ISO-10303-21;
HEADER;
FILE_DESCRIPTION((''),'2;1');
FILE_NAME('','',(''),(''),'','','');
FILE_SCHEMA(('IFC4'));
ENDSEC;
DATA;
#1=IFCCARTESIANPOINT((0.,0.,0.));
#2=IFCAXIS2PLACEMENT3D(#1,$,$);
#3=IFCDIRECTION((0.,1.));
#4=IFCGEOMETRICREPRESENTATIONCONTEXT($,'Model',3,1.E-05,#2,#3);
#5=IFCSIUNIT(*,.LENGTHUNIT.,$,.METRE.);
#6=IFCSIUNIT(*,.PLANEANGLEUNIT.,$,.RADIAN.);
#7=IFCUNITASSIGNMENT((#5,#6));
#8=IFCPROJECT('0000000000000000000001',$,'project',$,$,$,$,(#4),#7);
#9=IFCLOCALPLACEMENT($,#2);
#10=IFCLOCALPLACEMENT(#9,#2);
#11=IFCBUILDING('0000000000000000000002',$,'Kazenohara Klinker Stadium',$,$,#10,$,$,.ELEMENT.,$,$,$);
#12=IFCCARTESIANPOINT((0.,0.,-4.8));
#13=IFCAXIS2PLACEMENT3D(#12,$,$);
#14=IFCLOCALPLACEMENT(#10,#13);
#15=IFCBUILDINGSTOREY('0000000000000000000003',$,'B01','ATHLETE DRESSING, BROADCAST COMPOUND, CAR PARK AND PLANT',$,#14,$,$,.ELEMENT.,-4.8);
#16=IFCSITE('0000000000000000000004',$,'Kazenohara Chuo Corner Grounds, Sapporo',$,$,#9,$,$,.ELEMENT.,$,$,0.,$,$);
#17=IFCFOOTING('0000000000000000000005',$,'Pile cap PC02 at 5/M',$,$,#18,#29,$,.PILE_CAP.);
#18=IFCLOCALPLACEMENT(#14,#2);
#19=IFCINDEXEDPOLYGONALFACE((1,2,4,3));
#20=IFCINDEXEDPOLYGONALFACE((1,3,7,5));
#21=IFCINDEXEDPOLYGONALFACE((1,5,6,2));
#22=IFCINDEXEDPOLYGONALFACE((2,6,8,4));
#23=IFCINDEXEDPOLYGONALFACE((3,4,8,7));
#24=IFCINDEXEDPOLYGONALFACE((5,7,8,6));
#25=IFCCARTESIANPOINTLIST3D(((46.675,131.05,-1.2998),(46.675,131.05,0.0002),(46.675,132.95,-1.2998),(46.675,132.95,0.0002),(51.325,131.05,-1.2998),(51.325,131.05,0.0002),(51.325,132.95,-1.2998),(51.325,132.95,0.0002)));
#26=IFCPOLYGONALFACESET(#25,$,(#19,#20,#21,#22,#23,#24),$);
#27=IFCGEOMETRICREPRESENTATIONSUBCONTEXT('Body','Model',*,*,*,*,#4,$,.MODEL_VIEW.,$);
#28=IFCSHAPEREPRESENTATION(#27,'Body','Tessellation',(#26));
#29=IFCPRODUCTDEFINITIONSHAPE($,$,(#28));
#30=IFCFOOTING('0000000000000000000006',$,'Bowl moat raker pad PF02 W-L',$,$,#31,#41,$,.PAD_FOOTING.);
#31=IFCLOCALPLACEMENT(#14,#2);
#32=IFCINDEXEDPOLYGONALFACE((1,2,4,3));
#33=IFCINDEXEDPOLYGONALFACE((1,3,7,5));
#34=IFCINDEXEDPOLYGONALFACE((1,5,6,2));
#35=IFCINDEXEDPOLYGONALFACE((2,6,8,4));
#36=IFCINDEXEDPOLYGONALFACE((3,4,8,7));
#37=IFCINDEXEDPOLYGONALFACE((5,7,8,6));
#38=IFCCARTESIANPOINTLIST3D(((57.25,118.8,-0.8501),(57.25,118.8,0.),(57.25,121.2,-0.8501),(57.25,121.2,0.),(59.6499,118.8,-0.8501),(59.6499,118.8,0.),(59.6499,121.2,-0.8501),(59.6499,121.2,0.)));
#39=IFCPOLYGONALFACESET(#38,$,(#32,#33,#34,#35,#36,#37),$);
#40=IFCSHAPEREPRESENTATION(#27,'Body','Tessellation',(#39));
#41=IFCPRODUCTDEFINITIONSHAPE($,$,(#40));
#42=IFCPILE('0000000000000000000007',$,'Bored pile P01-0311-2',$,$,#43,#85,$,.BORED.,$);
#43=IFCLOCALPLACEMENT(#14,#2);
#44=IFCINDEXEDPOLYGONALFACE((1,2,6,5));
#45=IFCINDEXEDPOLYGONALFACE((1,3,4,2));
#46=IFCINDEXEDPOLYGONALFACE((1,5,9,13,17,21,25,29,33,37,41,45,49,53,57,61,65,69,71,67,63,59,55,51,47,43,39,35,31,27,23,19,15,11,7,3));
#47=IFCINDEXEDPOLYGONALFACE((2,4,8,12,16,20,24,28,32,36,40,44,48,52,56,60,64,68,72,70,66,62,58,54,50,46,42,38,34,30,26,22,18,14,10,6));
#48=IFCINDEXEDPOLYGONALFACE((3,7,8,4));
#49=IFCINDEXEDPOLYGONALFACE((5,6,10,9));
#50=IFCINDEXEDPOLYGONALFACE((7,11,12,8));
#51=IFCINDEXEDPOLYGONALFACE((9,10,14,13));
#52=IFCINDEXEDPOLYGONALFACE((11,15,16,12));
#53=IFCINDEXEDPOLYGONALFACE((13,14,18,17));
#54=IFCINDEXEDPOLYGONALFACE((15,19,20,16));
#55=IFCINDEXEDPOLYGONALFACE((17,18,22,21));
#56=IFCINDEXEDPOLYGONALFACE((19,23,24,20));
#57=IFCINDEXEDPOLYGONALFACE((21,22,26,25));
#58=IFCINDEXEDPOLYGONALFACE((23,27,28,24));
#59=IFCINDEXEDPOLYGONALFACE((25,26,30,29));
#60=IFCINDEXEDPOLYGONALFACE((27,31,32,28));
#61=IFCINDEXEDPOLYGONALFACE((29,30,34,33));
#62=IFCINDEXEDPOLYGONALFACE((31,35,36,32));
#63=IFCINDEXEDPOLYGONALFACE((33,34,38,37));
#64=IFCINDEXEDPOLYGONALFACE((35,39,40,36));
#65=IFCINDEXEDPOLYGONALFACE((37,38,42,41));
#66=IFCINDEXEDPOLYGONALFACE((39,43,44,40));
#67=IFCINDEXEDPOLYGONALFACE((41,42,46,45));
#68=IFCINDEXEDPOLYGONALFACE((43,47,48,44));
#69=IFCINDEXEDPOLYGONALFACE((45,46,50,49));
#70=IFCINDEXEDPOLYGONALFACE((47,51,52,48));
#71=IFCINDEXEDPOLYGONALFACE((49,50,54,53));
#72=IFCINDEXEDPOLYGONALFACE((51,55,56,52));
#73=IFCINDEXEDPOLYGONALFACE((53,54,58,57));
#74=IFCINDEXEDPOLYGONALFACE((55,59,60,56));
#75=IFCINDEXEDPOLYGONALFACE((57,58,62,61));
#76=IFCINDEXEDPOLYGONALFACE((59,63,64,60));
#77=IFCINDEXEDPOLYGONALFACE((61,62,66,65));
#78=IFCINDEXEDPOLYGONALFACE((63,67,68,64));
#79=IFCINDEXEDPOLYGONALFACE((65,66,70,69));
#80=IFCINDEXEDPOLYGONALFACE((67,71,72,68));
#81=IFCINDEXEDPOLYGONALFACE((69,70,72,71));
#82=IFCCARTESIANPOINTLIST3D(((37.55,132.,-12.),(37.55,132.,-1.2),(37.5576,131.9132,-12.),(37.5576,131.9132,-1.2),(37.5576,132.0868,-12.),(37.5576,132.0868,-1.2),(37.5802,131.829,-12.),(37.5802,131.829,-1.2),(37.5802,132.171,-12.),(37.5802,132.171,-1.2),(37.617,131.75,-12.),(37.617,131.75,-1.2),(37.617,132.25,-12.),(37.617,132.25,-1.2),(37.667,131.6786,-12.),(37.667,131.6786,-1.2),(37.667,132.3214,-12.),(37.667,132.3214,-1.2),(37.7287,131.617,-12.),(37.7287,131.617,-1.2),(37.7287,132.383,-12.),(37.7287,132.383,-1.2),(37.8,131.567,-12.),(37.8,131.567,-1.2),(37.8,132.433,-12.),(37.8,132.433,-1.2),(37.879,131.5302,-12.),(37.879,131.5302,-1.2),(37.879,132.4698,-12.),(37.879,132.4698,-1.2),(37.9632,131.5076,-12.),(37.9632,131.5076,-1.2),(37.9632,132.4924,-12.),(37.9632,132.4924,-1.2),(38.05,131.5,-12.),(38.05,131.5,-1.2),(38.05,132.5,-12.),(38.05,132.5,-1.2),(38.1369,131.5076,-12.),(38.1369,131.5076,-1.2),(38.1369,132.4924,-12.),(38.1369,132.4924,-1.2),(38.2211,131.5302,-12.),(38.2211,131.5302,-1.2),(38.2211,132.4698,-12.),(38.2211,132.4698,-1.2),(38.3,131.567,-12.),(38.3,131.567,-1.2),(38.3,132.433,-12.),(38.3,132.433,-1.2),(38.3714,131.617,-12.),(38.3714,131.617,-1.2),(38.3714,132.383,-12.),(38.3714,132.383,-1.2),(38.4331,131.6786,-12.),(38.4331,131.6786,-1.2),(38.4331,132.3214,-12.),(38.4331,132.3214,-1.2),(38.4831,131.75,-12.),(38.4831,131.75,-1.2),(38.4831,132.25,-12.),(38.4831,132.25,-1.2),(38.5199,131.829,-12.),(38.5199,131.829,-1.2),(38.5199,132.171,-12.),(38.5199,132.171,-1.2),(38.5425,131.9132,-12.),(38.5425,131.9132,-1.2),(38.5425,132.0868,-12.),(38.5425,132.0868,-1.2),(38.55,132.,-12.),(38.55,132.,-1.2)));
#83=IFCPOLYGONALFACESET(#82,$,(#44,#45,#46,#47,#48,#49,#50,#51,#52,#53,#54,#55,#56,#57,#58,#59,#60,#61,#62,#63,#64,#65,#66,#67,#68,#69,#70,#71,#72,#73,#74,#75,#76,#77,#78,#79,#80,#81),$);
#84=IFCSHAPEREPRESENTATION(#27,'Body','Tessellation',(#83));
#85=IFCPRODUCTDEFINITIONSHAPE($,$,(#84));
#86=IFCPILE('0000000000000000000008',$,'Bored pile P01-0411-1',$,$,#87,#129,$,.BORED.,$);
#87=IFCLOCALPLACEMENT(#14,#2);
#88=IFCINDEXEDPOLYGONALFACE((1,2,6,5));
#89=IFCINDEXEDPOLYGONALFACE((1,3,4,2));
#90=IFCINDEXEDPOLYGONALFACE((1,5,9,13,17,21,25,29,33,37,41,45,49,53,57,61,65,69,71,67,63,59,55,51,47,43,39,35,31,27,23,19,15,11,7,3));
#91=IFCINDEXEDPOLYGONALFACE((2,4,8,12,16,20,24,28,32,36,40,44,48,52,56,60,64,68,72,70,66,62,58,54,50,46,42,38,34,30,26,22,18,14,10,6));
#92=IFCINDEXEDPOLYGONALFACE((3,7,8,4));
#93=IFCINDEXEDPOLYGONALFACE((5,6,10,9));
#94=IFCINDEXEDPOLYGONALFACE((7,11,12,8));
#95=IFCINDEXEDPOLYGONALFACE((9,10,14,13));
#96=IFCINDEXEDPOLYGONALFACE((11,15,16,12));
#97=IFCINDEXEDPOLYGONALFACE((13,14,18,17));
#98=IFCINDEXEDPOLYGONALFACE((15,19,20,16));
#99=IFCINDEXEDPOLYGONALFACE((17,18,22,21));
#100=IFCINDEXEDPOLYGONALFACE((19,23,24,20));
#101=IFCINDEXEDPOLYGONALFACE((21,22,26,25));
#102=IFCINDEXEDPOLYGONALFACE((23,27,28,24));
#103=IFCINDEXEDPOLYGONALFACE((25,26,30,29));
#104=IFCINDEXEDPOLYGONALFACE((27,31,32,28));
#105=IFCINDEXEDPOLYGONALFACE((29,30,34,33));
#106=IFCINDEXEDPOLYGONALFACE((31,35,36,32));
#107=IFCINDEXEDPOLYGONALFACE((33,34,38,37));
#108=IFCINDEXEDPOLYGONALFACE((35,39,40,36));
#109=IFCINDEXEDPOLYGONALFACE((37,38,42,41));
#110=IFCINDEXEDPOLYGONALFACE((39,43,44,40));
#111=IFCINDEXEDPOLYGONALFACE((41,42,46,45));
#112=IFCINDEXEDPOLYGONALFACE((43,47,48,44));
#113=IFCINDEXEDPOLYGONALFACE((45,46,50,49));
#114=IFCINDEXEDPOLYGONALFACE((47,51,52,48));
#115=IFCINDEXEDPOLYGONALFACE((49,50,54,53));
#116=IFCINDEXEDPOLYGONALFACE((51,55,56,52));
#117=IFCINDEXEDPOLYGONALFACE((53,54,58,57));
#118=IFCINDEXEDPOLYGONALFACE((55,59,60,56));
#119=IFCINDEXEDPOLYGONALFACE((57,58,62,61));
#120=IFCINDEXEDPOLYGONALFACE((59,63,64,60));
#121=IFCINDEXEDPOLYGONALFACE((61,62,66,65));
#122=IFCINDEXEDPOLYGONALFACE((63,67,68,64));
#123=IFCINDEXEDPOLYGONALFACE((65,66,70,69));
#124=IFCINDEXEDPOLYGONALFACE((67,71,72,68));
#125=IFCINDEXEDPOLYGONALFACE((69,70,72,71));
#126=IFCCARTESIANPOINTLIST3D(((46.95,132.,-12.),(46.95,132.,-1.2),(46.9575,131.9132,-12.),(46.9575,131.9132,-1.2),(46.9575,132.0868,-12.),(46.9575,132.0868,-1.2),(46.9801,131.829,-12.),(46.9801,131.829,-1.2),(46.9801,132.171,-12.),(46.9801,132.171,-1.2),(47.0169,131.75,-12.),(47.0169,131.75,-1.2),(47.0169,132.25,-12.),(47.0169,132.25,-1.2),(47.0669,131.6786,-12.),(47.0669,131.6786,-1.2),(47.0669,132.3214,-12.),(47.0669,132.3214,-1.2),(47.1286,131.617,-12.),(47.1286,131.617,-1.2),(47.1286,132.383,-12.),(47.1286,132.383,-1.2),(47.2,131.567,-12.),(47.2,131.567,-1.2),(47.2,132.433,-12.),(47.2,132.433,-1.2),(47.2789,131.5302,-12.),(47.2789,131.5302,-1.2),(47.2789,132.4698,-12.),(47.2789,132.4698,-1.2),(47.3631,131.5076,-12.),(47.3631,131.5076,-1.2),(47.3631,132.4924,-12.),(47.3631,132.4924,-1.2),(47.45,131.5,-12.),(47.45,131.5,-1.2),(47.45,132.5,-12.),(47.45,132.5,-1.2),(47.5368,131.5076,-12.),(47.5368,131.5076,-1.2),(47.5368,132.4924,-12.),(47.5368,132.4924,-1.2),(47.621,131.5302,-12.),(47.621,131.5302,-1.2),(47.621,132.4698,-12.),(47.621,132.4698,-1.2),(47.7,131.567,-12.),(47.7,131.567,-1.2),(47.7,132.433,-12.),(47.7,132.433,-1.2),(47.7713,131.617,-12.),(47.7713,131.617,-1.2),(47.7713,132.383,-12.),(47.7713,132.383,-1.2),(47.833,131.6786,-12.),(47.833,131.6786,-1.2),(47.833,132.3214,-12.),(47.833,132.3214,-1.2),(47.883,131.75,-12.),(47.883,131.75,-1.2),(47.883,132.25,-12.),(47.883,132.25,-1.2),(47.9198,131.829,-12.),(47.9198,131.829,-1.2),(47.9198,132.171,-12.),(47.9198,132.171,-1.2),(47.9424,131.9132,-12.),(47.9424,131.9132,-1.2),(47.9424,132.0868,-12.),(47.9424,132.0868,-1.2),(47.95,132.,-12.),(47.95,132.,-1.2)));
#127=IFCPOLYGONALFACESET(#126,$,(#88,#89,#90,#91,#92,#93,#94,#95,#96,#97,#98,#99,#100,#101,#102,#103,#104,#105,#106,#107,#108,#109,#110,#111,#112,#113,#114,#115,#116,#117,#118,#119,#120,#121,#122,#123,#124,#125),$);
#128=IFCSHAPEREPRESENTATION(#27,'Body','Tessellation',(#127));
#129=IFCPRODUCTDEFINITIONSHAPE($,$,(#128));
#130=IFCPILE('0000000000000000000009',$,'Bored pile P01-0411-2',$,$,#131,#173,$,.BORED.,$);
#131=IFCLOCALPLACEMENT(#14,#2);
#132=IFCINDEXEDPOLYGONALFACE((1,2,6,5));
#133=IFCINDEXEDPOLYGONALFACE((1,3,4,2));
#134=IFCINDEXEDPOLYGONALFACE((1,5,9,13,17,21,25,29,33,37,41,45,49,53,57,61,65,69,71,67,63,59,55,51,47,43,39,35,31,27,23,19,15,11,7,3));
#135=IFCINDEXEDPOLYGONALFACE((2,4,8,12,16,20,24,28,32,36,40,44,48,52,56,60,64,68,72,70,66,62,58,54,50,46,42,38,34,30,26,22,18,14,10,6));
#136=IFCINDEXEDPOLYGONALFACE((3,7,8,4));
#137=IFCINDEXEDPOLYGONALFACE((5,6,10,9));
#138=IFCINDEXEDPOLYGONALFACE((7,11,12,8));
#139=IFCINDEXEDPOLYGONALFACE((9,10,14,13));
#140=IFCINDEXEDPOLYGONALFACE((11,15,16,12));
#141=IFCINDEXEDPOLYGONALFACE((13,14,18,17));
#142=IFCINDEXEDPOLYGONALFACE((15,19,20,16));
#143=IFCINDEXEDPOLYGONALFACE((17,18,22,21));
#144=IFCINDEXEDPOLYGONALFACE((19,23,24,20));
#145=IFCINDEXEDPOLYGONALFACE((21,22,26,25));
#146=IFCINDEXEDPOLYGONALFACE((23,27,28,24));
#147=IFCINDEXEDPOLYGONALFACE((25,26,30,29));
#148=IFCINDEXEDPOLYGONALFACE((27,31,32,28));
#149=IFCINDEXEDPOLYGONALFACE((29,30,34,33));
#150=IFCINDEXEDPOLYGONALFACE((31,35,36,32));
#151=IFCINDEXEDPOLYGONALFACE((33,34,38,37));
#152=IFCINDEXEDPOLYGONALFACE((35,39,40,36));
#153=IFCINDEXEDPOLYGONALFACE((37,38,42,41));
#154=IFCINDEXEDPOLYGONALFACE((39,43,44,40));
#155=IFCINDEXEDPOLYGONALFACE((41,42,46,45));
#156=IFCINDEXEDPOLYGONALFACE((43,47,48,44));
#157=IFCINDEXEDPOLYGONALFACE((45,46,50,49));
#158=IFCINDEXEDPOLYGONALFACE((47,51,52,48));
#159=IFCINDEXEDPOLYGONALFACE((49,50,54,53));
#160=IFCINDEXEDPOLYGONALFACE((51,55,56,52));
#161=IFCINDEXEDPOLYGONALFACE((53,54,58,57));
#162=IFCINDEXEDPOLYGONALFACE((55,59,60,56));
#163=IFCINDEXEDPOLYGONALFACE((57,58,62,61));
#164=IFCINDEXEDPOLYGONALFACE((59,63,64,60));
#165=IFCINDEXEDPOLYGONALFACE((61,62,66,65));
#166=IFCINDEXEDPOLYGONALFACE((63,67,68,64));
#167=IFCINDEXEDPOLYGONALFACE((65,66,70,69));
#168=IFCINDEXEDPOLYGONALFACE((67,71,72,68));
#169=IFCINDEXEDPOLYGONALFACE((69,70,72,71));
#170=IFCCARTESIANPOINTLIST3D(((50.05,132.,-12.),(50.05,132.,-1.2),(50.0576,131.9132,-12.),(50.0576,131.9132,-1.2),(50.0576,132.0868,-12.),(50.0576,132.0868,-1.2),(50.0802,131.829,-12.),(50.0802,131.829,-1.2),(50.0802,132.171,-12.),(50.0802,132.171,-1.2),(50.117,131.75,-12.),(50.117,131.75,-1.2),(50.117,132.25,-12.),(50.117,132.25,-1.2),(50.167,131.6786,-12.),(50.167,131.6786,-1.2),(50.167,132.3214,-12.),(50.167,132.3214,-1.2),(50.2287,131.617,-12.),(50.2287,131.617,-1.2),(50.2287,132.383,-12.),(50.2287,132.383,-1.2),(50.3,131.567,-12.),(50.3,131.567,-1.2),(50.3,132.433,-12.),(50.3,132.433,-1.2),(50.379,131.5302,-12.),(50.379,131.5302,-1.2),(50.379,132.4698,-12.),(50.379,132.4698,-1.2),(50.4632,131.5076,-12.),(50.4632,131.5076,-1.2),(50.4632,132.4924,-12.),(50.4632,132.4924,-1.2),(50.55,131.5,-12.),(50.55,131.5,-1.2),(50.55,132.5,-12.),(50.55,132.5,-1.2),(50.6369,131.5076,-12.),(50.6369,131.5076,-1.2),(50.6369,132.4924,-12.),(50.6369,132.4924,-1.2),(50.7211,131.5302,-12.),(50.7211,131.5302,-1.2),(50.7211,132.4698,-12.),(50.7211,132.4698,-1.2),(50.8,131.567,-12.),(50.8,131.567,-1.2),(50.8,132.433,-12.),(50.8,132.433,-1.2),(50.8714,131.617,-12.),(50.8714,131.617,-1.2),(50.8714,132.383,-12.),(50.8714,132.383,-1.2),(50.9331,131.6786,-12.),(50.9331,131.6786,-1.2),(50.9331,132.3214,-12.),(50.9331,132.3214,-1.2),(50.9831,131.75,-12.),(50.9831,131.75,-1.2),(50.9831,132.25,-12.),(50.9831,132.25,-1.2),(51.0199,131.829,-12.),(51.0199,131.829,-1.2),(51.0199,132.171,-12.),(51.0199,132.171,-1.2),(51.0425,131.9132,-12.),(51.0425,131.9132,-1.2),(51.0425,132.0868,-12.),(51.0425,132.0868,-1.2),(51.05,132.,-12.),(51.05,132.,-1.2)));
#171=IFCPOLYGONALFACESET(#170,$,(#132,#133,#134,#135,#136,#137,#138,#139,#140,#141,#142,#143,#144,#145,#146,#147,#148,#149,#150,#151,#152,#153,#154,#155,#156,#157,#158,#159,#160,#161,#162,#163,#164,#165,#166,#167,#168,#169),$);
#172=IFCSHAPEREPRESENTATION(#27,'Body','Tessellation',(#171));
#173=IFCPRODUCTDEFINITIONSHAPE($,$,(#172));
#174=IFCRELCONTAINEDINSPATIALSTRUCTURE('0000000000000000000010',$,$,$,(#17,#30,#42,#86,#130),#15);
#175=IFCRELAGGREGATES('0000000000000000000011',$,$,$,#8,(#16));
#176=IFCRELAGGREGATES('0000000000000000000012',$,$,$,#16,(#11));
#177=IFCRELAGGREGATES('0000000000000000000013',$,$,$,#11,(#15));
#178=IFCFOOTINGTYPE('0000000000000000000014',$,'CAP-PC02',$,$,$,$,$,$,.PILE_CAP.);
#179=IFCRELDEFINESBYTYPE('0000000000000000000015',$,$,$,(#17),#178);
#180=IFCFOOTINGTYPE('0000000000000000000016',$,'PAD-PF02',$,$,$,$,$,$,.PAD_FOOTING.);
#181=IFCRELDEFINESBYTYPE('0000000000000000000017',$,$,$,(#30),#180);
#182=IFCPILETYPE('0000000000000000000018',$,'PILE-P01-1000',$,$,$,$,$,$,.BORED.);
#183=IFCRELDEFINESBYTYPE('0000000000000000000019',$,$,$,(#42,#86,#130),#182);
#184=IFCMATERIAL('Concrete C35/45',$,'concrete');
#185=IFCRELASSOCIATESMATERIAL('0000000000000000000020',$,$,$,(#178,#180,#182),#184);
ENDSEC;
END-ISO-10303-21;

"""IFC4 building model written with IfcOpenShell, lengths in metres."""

from ifc_helpers import new_model, si_unit, direction, frame, origin, origin_2d, place, context, subcontext, project, spatial, rectangle, circle, extrude, material, material_profile, profile_set, type_object, element, save


model = new_model("IFC4")

# Units and contexts
model_context = context("Model", 3, precision=1e-05, world=origin(), true_north=direction((0.0, 1.0)))
body_context = subcontext(model_context, "Body", "Model", "MODEL_VIEW")
ifc_project = project(units=[si_unit("LENGTHUNIT", "METRE"), si_unit("PLANEANGLEUNIT", "RADIAN")], contexts=[model_context])

# Site, building, storey
site_placement = place(None, origin())
site = spatial("IfcSite", under=ifc_project, at=site_placement, Name="Kazenohara Chuo Corner Grounds, Sapporo", CompositionType="ELEMENT", RefElevation=0.0)
building_placement = place(site_placement, origin())
building = spatial("IfcBuilding", under=site, at=building_placement, Name="Kazenohara Klinker Stadium", CompositionType="ELEMENT")
storey_placement = place(building_placement, frame((0.0, 0.0, -4.8)))
storey = spatial("IfcBuildingStorey", under=building, at=storey_placement, Name="B01", Description="ATHLETE DRESSING, BROADCAST COMPOUND, CAR PARK AND PLANT", CompositionType="ELEMENT", Elevation=-4.8)

# Footings
ifc_material_1 = material(Name="Concrete C35/45", Category="concrete")
footing_type_1 = type_object("IfcFootingType", Name="CAP-PC02", PredefinedType="PILE_CAP", material=ifc_material_1)
footing_1_placement = place(storey_placement, frame((49.0, 132.0, -1.2998), z_axis=(0.0, 0.0, 1.0), x_axis=(1.0, 0.0, 0.0)))
element("IfcFooting", 1, at=footing_1_placement, inside=storey, type_object=footing_type_1, Name="Pile cap PC02 at 5/M", PredefinedType="PILE_CAP", context=body_context, shape_type="SweptSolid", body=[
    extrude(rectangle(XDim=4.6499, YDim=1.8999, at=origin_2d()), origin(), (0.0, 0.0, 1.0), 1.3),
])
footing_type_2 = type_object("IfcFootingType", Name="PAD-PF02", PredefinedType="PAD_FOOTING", material=ifc_material_1)
footing_2_placement = place(storey_placement, frame((58.45, 120.0, -0.8501), z_axis=(0.0, 0.0, 1.0), x_axis=(1.0, 0.0, 0.0)))
element("IfcFooting", 2, at=footing_2_placement, inside=storey, type_object=footing_type_2, Name="Bowl moat raker pad PF02 W-L", PredefinedType="PAD_FOOTING", context=body_context, shape_type="SweptSolid", body=[
    extrude(rectangle(XDim=2.3999, YDim=2.3999, at=origin_2d()), origin(), (0.0, 0.0, 1.0), 0.8501),
])

# Piles
ifc_material_profile_1 = material_profile(ifc_material_1, circle(Radius=0.5, at=origin_2d()), Name="BORED-PILE-1000")
ifc_profile_set_1 = profile_set([ifc_material_profile_1], Name="Concrete C35/45")
pile_type_1 = type_object("IfcPileType", Name="PILE-P01-1000", PredefinedType="BORED", material=ifc_profile_set_1)
for number, where, z_axis, x_axis, name in (
    (3, (38.05, 132.0, -1.2), (0.0, 0.0, -1.0), (1.0, 0.0, 0.0), "Bored pile P01-0311-2"),
    (4, (47.45, 132.0, -1.2), (0.0, 0.0, -1.0), (1.0, 0.0, 0.0), "Bored pile P01-0411-1"),
    (5, (50.55, 132.0, -1.2), (0.0, 0.0, -1.0), (1.0, 0.0, 0.0), "Bored pile P01-0411-2"),
):
    element("IfcPile", number, at=place(storey_placement, frame(where, z_axis=z_axis, x_axis=x_axis)), inside=storey, type_object=pile_type_1, Name=name, PredefinedType="BORED", context=body_context, shape_type="SweptSolid", body=[
        extrude(circle(Radius=0.5, at=origin_2d()), origin(), (0.0, 0.0, 1.0), 10.8),
    ])

save(model, "model.ifc")
